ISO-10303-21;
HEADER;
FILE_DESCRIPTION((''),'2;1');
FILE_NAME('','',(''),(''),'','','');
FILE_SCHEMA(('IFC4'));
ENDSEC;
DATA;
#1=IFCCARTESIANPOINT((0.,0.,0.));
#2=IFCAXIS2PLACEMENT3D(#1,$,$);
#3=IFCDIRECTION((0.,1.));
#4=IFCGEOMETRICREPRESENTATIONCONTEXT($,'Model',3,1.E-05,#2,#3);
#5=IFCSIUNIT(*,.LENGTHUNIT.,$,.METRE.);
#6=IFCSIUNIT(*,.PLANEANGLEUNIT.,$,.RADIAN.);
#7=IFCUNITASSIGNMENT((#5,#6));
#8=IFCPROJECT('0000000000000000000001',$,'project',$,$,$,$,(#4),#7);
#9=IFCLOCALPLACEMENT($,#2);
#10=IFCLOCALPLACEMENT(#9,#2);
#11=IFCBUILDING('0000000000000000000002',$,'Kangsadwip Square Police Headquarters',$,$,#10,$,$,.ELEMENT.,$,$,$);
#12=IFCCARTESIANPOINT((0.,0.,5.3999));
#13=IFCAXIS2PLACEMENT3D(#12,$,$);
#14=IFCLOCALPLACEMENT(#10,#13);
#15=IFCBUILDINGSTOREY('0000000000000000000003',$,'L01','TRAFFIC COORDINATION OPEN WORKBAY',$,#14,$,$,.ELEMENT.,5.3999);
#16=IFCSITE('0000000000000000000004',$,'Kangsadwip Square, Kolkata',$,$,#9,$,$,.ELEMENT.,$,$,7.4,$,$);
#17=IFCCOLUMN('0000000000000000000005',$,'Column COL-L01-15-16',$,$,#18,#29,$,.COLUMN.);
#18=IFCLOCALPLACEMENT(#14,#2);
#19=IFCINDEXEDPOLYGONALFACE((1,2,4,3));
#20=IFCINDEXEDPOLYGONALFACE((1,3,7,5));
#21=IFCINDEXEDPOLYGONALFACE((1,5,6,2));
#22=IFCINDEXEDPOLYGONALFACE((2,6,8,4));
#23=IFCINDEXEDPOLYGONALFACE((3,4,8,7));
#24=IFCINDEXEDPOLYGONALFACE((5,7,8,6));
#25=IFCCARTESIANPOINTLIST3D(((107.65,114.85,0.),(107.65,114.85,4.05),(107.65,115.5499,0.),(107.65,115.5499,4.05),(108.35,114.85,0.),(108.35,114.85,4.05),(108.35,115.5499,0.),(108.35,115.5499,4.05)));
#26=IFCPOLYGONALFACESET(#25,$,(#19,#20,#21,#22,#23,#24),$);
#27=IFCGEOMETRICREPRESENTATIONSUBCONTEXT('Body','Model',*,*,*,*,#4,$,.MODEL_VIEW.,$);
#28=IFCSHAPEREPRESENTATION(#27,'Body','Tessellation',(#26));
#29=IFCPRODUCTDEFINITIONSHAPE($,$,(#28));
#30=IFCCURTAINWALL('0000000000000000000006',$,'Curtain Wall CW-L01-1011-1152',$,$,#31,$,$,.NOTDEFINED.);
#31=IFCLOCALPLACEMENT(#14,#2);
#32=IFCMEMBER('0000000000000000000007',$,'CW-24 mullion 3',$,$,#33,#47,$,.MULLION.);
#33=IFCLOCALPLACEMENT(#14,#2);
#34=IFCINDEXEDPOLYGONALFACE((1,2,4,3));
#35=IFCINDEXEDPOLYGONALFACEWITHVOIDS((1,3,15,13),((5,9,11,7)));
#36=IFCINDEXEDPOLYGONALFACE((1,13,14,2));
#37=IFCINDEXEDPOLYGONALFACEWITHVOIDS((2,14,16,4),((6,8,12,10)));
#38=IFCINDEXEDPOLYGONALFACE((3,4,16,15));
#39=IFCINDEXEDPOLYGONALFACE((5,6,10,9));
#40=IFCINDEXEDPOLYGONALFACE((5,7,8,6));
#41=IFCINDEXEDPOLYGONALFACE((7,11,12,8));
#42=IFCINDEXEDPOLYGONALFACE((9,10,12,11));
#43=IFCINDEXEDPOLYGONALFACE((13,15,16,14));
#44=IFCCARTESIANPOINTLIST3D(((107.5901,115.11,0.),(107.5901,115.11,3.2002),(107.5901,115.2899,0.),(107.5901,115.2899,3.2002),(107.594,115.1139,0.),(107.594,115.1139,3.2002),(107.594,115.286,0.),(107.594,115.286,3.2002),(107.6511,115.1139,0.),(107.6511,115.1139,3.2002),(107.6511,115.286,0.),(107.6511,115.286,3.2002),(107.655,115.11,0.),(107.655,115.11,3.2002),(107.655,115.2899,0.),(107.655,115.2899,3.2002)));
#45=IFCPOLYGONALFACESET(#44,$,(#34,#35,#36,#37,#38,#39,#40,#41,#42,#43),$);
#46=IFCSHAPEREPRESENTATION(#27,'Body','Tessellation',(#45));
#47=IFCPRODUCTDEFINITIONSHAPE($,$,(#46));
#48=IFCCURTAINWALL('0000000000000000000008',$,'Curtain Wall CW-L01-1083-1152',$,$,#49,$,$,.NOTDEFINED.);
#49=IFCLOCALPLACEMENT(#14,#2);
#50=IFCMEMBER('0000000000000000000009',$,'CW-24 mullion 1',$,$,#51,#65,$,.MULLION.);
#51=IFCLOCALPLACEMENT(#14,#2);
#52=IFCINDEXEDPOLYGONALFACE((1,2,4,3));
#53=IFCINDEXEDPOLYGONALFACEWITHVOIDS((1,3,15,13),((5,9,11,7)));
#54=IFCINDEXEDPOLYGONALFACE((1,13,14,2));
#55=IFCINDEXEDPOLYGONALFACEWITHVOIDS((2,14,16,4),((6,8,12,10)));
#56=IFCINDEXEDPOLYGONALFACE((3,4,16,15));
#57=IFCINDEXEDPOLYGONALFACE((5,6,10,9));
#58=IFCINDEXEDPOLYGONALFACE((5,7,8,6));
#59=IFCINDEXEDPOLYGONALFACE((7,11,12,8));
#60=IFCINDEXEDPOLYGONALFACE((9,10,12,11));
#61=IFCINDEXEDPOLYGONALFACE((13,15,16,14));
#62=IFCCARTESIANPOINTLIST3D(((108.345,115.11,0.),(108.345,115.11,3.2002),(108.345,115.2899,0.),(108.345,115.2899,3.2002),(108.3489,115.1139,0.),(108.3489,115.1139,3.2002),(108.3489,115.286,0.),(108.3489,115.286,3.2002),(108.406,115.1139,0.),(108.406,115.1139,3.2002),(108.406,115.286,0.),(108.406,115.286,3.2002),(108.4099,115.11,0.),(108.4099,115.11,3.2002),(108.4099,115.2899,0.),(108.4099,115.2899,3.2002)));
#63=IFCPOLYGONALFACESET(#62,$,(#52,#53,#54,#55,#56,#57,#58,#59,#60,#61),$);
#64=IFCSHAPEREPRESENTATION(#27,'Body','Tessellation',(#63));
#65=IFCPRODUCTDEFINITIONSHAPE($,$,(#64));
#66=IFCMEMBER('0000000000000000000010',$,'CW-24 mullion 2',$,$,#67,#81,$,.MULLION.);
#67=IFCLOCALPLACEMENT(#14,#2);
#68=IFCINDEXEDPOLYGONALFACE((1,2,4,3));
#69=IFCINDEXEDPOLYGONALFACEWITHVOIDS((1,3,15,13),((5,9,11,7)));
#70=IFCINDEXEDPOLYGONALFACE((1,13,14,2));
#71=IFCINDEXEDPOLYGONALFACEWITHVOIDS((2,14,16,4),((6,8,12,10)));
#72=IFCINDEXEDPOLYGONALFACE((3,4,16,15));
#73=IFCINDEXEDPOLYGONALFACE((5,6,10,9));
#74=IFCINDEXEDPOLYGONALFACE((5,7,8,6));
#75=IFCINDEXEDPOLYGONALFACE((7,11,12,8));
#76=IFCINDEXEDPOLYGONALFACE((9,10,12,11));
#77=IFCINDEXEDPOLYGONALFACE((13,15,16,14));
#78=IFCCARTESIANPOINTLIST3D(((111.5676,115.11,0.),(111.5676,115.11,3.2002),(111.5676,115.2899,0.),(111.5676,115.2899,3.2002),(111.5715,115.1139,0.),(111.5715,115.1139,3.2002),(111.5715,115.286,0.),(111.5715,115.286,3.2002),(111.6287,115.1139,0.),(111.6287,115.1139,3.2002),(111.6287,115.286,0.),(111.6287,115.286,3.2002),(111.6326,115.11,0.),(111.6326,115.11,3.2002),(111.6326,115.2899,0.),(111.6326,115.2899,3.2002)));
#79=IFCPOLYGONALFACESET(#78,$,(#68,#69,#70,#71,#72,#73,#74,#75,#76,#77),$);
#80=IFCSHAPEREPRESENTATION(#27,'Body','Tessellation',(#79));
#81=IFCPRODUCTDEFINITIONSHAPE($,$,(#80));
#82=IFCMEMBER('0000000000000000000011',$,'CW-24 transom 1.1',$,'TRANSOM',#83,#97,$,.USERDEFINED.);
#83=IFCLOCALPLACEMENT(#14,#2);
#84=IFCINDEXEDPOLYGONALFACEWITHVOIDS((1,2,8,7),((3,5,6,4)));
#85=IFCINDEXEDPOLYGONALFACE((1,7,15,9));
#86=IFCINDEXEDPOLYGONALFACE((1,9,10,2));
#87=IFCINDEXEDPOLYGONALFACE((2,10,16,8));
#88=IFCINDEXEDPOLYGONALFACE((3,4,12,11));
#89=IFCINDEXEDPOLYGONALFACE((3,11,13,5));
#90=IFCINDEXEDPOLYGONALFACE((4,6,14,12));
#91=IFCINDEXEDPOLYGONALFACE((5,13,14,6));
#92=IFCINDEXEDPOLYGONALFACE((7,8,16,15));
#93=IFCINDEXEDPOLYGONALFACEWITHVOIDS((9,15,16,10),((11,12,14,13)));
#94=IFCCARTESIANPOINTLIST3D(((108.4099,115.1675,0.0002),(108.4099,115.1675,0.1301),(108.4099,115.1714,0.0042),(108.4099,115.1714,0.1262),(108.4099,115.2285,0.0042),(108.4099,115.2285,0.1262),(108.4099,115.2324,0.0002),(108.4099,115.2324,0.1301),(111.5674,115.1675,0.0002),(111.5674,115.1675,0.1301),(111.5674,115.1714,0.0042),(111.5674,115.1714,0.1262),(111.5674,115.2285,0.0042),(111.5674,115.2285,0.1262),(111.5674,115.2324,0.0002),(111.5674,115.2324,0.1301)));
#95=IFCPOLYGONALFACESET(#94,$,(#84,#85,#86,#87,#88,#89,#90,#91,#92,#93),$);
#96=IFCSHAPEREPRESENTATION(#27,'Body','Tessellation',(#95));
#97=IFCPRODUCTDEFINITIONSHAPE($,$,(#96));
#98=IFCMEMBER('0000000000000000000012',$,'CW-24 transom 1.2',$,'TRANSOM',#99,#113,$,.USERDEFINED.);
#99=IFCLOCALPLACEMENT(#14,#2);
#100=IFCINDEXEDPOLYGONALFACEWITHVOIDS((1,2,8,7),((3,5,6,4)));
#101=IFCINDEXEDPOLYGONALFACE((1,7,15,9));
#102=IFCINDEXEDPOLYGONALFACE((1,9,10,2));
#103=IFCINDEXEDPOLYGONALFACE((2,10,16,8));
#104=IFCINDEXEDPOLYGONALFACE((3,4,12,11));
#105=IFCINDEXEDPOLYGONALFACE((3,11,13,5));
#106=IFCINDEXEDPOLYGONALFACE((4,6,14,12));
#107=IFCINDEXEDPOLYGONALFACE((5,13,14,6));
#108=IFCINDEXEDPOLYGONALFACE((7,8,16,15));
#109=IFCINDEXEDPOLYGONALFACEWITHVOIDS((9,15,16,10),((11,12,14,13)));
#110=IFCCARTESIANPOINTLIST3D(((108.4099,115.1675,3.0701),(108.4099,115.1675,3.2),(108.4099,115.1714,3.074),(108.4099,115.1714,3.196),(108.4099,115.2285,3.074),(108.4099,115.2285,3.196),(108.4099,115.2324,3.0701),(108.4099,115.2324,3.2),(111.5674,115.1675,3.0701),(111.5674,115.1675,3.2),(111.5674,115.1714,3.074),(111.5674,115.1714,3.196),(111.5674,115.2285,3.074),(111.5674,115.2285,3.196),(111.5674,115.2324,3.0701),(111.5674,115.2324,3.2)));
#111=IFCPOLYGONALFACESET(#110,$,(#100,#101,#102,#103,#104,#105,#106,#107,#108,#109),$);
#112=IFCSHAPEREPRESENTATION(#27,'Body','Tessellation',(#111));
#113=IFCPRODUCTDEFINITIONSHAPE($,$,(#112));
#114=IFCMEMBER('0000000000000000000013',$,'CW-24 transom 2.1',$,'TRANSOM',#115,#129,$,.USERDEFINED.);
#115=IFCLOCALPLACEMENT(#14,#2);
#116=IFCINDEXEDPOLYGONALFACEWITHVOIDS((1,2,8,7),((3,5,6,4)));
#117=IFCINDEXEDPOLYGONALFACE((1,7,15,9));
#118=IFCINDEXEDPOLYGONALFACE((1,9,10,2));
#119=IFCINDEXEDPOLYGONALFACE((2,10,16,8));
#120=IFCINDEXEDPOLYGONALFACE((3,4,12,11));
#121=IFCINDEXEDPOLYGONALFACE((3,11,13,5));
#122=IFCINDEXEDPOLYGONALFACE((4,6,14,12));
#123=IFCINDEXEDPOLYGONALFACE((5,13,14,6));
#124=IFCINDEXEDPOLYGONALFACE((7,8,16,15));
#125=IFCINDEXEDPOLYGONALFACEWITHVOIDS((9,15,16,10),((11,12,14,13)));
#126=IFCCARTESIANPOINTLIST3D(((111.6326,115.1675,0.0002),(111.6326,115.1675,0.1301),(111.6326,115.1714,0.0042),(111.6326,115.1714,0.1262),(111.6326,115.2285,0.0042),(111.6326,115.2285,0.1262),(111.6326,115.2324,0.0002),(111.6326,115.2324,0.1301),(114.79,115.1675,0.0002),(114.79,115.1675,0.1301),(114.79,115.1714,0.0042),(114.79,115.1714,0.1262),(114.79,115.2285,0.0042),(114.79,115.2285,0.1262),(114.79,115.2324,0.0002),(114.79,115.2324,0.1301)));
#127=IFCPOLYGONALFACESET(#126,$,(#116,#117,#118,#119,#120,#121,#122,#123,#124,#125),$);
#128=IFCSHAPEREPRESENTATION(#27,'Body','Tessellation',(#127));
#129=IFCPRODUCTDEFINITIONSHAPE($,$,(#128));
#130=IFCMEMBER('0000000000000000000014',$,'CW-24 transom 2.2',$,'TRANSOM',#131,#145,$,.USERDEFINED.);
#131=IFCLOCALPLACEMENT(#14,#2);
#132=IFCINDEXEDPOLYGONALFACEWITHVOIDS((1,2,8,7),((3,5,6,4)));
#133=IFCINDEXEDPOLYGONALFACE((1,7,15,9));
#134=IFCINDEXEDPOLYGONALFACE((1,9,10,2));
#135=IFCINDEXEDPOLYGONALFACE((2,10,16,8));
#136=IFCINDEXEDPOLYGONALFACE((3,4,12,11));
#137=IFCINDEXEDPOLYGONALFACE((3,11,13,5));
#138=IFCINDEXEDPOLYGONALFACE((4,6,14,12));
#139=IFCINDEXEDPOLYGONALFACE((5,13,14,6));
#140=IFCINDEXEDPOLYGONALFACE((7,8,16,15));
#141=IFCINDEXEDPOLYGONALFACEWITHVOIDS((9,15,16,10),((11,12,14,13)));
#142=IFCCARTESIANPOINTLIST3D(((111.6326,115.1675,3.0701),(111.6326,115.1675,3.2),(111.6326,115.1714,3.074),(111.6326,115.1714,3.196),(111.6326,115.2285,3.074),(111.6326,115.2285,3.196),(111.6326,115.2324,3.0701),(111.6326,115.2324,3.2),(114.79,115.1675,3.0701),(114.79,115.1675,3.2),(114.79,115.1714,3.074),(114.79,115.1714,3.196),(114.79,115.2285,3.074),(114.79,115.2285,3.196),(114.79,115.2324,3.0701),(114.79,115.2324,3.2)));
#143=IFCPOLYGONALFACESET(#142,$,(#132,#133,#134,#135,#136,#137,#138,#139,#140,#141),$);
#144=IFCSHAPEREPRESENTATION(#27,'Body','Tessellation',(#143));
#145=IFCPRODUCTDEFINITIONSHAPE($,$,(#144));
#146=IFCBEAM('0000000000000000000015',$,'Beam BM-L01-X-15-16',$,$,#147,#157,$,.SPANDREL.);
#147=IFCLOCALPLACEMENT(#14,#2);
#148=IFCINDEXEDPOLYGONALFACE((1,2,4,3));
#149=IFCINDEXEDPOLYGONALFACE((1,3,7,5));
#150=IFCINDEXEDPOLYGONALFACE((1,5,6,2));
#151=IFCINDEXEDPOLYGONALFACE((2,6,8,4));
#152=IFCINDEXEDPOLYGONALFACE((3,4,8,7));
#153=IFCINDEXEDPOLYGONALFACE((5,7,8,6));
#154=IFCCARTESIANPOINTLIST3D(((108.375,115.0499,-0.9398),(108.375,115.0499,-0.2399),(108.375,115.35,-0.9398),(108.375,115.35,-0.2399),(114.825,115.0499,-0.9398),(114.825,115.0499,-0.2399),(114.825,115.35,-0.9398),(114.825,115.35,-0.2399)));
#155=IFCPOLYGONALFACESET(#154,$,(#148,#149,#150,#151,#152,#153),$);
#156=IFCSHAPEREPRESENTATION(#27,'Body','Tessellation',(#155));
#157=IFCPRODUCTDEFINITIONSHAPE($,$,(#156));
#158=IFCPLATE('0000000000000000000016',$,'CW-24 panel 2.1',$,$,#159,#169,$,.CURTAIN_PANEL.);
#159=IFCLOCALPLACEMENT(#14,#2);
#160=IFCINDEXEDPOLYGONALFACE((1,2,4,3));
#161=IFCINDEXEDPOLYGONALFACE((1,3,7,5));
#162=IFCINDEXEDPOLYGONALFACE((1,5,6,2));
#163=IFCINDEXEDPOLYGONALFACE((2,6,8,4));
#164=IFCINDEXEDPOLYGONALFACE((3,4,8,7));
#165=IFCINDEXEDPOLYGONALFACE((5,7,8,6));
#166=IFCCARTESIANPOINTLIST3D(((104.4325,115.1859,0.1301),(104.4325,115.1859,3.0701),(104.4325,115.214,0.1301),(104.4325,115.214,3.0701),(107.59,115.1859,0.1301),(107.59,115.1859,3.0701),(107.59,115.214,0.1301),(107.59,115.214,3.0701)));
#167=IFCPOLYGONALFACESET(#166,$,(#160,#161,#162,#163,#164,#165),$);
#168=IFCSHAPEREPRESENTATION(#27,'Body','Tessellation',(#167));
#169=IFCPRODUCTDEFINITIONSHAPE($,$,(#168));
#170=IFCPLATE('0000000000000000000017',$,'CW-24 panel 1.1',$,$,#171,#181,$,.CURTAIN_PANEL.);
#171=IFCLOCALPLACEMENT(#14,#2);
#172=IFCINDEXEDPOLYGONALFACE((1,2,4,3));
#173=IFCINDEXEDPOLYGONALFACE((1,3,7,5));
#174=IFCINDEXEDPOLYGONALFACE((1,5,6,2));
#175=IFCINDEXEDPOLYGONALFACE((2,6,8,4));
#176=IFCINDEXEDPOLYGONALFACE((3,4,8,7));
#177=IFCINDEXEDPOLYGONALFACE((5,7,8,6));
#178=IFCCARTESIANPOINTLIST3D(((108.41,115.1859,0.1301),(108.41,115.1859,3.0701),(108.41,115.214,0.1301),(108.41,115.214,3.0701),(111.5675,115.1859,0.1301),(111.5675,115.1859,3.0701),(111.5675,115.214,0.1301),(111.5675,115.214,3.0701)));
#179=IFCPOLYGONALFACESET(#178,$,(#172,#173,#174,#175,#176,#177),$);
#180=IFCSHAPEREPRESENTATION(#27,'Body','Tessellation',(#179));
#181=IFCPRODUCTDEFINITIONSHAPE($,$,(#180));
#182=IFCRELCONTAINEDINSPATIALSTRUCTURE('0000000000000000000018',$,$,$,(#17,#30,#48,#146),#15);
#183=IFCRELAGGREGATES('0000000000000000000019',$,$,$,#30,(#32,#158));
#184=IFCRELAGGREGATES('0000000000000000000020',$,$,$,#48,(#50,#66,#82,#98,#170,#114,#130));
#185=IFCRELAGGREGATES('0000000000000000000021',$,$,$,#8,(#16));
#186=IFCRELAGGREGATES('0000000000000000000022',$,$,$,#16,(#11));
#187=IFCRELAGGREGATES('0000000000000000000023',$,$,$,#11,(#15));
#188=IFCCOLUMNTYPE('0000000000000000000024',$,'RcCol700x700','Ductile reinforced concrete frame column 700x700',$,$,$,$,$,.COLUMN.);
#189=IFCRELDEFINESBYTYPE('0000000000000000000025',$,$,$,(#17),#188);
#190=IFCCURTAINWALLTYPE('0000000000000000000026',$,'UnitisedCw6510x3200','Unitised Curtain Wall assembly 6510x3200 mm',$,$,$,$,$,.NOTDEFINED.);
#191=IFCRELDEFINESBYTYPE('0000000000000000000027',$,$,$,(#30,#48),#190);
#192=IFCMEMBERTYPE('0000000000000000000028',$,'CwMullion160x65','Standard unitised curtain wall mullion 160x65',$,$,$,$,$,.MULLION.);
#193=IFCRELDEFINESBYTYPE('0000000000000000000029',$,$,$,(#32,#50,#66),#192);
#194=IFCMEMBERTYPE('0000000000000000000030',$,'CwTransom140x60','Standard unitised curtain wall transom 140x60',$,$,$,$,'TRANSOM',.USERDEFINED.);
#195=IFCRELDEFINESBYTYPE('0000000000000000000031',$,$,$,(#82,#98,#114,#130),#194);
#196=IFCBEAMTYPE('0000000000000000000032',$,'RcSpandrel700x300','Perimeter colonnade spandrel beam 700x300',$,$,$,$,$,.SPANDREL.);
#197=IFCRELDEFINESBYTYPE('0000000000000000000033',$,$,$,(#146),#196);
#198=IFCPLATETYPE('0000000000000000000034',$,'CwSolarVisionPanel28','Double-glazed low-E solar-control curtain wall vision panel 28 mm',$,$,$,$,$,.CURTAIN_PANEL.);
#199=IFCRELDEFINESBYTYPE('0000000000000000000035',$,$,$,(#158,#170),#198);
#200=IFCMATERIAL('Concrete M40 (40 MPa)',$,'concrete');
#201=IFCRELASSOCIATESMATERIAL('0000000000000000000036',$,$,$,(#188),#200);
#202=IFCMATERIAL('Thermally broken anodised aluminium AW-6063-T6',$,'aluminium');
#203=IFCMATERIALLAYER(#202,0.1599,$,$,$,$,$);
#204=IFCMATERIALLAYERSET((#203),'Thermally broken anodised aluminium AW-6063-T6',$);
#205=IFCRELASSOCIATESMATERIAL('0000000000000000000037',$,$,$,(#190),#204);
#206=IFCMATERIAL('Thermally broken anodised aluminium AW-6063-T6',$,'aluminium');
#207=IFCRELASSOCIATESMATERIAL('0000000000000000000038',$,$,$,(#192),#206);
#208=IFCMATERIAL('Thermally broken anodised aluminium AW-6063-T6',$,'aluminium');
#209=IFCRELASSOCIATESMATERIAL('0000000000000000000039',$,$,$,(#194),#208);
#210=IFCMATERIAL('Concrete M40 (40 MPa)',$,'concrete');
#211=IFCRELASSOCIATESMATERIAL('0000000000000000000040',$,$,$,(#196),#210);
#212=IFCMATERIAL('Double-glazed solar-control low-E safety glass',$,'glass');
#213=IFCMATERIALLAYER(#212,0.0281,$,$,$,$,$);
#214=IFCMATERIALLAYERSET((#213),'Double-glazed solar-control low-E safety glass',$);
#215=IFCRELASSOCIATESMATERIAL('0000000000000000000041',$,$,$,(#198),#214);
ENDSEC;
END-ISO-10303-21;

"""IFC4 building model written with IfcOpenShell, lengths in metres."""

from ifc_helpers import new_model, si_unit, direction, frame, origin, origin_2d, place, context, subcontext, project, spatial, rectangle, hollow_rectangle, extrude, material, layer, layer_set, material_profile, profile_set, type_object, element, aggregate, save


model = new_model("IFC4")

# Units and contexts
model_context = context("Model", 3, precision=1e-05, world=origin(), true_north=direction((0.0, 1.0)))
body_context = subcontext(model_context, "Body", "Model", "MODEL_VIEW")
ifc_project = project(units=[si_unit("LENGTHUNIT", "METRE"), si_unit("PLANEANGLEUNIT", "RADIAN")], contexts=[model_context])

# Site, building, storey
site_placement = place(None, origin())
site = spatial("IfcSite", under=ifc_project, at=site_placement, Name="Kangsadwip Square, Kolkata", CompositionType="ELEMENT", RefElevation=7.4)
building_placement = place(site_placement, origin())
building = spatial("IfcBuilding", under=site, at=building_placement, Name="Kangsadwip Square Police Headquarters", CompositionType="ELEMENT")
storey_placement = place(building_placement, frame((0.0, 0.0, 5.3999)))
storey = spatial("IfcBuildingStorey", under=building, at=storey_placement, Name="L01", Description="TRAFFIC COORDINATION OPEN WORKBAY", CompositionType="ELEMENT", Elevation=5.3999)

# Column
ifc_material_1 = material(Name="Concrete M40 (40 MPa)", Category="concrete")
ifc_material_profile_1 = material_profile(ifc_material_1, rectangle(XDim=0.7, YDim=0.7, at=origin_2d()), Name="RC COL 700X700")
ifc_profile_set_1 = profile_set([ifc_material_profile_1], Name="Concrete M40 (40 MPa)")
column_type = type_object("IfcColumnType", Name="RcCol700x700", Description="Ductile reinforced concrete frame column 700x700", PredefinedType="COLUMN", material=ifc_profile_set_1)
column_placement = place(storey_placement, frame((108.0, 115.2, 0.0), z_axis=(0.0, 0.0, 1.0), x_axis=(1.0, 0.0, 0.0)))
element("IfcColumn", 1, at=column_placement, inside=storey, type_object=column_type, Name="Column COL-L01-15-16", PredefinedType="COLUMN", context=body_context, shape_type="SweptSolid", body=[
    extrude(rectangle(XDim=0.7, YDim=0.7, at=origin_2d()), origin(), (0.0, 0.0, 1.0), 4.05),
])

# Curtain wall, member
ifc_material_2 = material(Name="Thermally broken anodised aluminium AW-6063-T6", Category="aluminium")
ifc_layer_1 = layer(ifc_material_2, 0.1599)
ifc_layer_set_1 = layer_set([ifc_layer_1], Name="Thermally broken anodised aluminium AW-6063-T6")
curtain_wall_type = type_object("IfcCurtainWallType", Name="UnitisedCw6510x3200", Description="Unitised Curtain Wall assembly 6510x3200 mm", PredefinedType="NOTDEFINED", material=ifc_layer_set_1)
curtain_wall_1_placement = place(storey_placement, origin())
curtain_wall_1 = element("IfcCurtainWall", 2, at=curtain_wall_1_placement, inside=storey, type_object=curtain_wall_type, Name="Curtain Wall CW-L01-1011-1152", PredefinedType="NOTDEFINED")
ifc_material_3 = material(Name="Thermally broken anodised aluminium AW-6063-T6", Category="aluminium")
ifc_material_profile_2 = material_profile(ifc_material_3, hollow_rectangle(XDim=0.0649, YDim=0.1799, WallThickness=0.0039, at=origin_2d()), Name="CWM 180X65X4")
ifc_profile_set_2 = profile_set([ifc_material_profile_2], Name="Thermally broken anodised aluminium AW-6063-T6")
member_type_1 = type_object("IfcMemberType", Name="CwMullion160x65", Description="Standard unitised curtain wall mullion 160x65", PredefinedType="MULLION", material=ifc_profile_set_2)
member_1_placement = place(storey_placement, frame((107.6226, 115.2, 0.0), z_axis=(0.0, 0.0, 1.0), x_axis=(1.0, 0.0, 0.0)))
member_1 = element("IfcMember", 3, at=member_1_placement, type_object=member_type_1, Name="CW-24 mullion 3", PredefinedType="MULLION", context=body_context, shape_type="SweptSolid", body=[
    extrude(hollow_rectangle(XDim=0.0649, YDim=0.1799, WallThickness=0.0039, at=origin_2d()), origin(), (0.0, 0.0, 1.0), 3.2002),
])

# Curtain wall, members
curtain_wall_2_placement = place(storey_placement, origin())
curtain_wall_2 = element("IfcCurtainWall", 4, at=curtain_wall_2_placement, inside=storey, type_object=curtain_wall_type, Name="Curtain Wall CW-L01-1083-1152", PredefinedType="NOTDEFINED")
member_2_placement = place(storey_placement, frame((108.3774, 115.2, 0.0), z_axis=(0.0, 0.0, 1.0), x_axis=(1.0, 0.0, 0.0)))
member_2 = element("IfcMember", 5, at=member_2_placement, type_object=member_type_1, Name="CW-24 mullion 1", PredefinedType="MULLION", context=body_context, shape_type="SweptSolid", body=[
    extrude(hollow_rectangle(XDim=0.0649, YDim=0.1799, WallThickness=0.0039, at=origin_2d()), origin(), (0.0, 0.0, 1.0), 3.2002),
])
member_3_placement = place(storey_placement, frame((111.6001, 115.2, 0.0), z_axis=(0.0, 0.0, 1.0), x_axis=(1.0, 0.0, 0.0)))
member_3 = element("IfcMember", 6, at=member_3_placement, type_object=member_type_1, Name="CW-24 mullion 2", PredefinedType="MULLION", context=body_context, shape_type="SweptSolid", body=[
    extrude(hollow_rectangle(XDim=0.0649, YDim=0.1799, WallThickness=0.0039, at=origin_2d()), origin(), (0.0, 0.0, 1.0), 3.2002),
])
ifc_material_4 = material(Name="Thermally broken anodised aluminium AW-6063-T6", Category="aluminium")
ifc_material_profile_3 = material_profile(ifc_material_4, hollow_rectangle(XDim=0.0649, YDim=0.1299, WallThickness=0.0039, at=origin_2d()), Name="CWT 130X65X4")
ifc_profile_set_3 = profile_set([ifc_material_profile_3], Name="Thermally broken anodised aluminium AW-6063-T6")
member_type_2 = type_object("IfcMemberType", Name="CwTransom140x60", Description="Standard unitised curtain wall transom 140x60", ElementType="TRANSOM", PredefinedType="USERDEFINED", material=ifc_profile_set_3)
member_4_placement = place(storey_placement, frame((108.4099, 115.2, 0.0652), z_axis=(1.0, 0.0, 0.0), x_axis=(0.0, 1.0, 0.0)))
member_4 = element("IfcMember", 7, at=member_4_placement, type_object=member_type_2, Name="CW-24 transom 1.1", ObjectType="TRANSOM", PredefinedType="USERDEFINED", context=body_context, shape_type="SweptSolid", body=[
    extrude(hollow_rectangle(XDim=0.0649, YDim=0.1299, WallThickness=0.0039, at=origin_2d()), origin(), (0.0, 0.0, 1.0), 3.1575),
])
member_5_placement = place(storey_placement, frame((108.4099, 115.2, 3.135), z_axis=(1.0, 0.0, 0.0), x_axis=(0.0, 1.0, 0.0)))
member_5 = element("IfcMember", 8, at=member_5_placement, type_object=member_type_2, Name="CW-24 transom 1.2", ObjectType="TRANSOM", PredefinedType="USERDEFINED", context=body_context, shape_type="SweptSolid", body=[
    extrude(hollow_rectangle(XDim=0.0649, YDim=0.1299, WallThickness=0.0039, at=origin_2d()), origin(), (0.0, 0.0, 1.0), 3.1575),
])
member_6_placement = place(storey_placement, frame((111.6326, 115.2, 0.0652), z_axis=(1.0, 0.0, 0.0), x_axis=(0.0, 1.0, 0.0)))
member_6 = element("IfcMember", 9, at=member_6_placement, type_object=member_type_2, Name="CW-24 transom 2.1", ObjectType="TRANSOM", PredefinedType="USERDEFINED", context=body_context, shape_type="SweptSolid", body=[
    extrude(hollow_rectangle(XDim=0.0649, YDim=0.1299, WallThickness=0.0039, at=origin_2d()), origin(), (0.0, 0.0, 1.0), 3.1575),
])
member_7_placement = place(storey_placement, frame((111.6326, 115.2, 3.135), z_axis=(1.0, 0.0, 0.0), x_axis=(0.0, 1.0, 0.0)))
member_7 = element("IfcMember", 10, at=member_7_placement, type_object=member_type_2, Name="CW-24 transom 2.2", ObjectType="TRANSOM", PredefinedType="USERDEFINED", context=body_context, shape_type="SweptSolid", body=[
    extrude(hollow_rectangle(XDim=0.0649, YDim=0.1299, WallThickness=0.0039, at=origin_2d()), origin(), (0.0, 0.0, 1.0), 3.1575),
])

# Beam
ifc_material_5 = material(Name="Concrete M40 (40 MPa)", Category="concrete")
ifc_material_profile_4 = material_profile(ifc_material_5, rectangle(XDim=0.3, YDim=0.7, at=origin_2d()), Name="RC SPN 700X300")
ifc_profile_set_4 = profile_set([ifc_material_profile_4], Name="Concrete M40 (40 MPa)")
beam_type = type_object("IfcBeamType", Name="RcSpandrel700x300", Description="Perimeter colonnade spandrel beam 700x300", PredefinedType="SPANDREL", material=ifc_profile_set_4)
beam_placement = place(storey_placement, frame((108.375, 115.2, -0.5898), z_axis=(1.0, 0.0, 0.0), x_axis=(0.0, 1.0, 0.0)))
element("IfcBeam", 11, at=beam_placement, inside=storey, type_object=beam_type, Name="Beam BM-L01-X-15-16", PredefinedType="SPANDREL", context=body_context, shape_type="SweptSolid", body=[
    extrude(rectangle(XDim=0.3, YDim=0.7, at=origin_2d()), origin(), (0.0, 0.0, 1.0), 6.45),
])

# Plates
ifc_material_6 = material(Name="Double-glazed solar-control low-E safety glass", Category="glass")
ifc_layer_2 = layer(ifc_material_6, 0.0281)
ifc_layer_set_2 = layer_set([ifc_layer_2], Name="Double-glazed solar-control low-E safety glass")
plate_type_1 = type_object("IfcPlateType", Name="CwSolarVisionPanel28", Description="Double-glazed low-E solar-control curtain wall vision panel 28 mm", PredefinedType="CURTAIN_PANEL", material=ifc_layer_set_2)
plate_1_placement = place(storey_placement, frame((106.0112, 115.2, 0.1301), z_axis=(0.0, 0.0, 1.0), x_axis=(1.0, 0.0, 0.0)))
plate_1 = element("IfcPlate", 12, at=plate_1_placement, type_object=plate_type_1, Name="CW-24 panel 2.1", PredefinedType="CURTAIN_PANEL", context=body_context, shape_type="SweptSolid", body=[
    extrude(rectangle(XDim=3.1575, YDim=0.0281, at=origin_2d()), origin(), (0.0, 0.0, 1.0), 2.9399),
])
aggregate(curtain_wall_1, [member_1, plate_1])
plate_2_placement = place(storey_placement, frame((109.9888, 115.2, 0.1301), z_axis=(0.0, 0.0, 1.0), x_axis=(1.0, 0.0, 0.0)))
plate_2 = element("IfcPlate", 13, at=plate_2_placement, type_object=plate_type_1, Name="CW-24 panel 1.1", PredefinedType="CURTAIN_PANEL", context=body_context, shape_type="SweptSolid", body=[
    extrude(rectangle(XDim=3.1575, YDim=0.0281, at=origin_2d()), origin(), (0.0, 0.0, 1.0), 2.9399),
])
aggregate(curtain_wall_2, [member_2, member_3, member_4, member_5, plate_2, member_6, member_7])

save(model, "model.ifc")
